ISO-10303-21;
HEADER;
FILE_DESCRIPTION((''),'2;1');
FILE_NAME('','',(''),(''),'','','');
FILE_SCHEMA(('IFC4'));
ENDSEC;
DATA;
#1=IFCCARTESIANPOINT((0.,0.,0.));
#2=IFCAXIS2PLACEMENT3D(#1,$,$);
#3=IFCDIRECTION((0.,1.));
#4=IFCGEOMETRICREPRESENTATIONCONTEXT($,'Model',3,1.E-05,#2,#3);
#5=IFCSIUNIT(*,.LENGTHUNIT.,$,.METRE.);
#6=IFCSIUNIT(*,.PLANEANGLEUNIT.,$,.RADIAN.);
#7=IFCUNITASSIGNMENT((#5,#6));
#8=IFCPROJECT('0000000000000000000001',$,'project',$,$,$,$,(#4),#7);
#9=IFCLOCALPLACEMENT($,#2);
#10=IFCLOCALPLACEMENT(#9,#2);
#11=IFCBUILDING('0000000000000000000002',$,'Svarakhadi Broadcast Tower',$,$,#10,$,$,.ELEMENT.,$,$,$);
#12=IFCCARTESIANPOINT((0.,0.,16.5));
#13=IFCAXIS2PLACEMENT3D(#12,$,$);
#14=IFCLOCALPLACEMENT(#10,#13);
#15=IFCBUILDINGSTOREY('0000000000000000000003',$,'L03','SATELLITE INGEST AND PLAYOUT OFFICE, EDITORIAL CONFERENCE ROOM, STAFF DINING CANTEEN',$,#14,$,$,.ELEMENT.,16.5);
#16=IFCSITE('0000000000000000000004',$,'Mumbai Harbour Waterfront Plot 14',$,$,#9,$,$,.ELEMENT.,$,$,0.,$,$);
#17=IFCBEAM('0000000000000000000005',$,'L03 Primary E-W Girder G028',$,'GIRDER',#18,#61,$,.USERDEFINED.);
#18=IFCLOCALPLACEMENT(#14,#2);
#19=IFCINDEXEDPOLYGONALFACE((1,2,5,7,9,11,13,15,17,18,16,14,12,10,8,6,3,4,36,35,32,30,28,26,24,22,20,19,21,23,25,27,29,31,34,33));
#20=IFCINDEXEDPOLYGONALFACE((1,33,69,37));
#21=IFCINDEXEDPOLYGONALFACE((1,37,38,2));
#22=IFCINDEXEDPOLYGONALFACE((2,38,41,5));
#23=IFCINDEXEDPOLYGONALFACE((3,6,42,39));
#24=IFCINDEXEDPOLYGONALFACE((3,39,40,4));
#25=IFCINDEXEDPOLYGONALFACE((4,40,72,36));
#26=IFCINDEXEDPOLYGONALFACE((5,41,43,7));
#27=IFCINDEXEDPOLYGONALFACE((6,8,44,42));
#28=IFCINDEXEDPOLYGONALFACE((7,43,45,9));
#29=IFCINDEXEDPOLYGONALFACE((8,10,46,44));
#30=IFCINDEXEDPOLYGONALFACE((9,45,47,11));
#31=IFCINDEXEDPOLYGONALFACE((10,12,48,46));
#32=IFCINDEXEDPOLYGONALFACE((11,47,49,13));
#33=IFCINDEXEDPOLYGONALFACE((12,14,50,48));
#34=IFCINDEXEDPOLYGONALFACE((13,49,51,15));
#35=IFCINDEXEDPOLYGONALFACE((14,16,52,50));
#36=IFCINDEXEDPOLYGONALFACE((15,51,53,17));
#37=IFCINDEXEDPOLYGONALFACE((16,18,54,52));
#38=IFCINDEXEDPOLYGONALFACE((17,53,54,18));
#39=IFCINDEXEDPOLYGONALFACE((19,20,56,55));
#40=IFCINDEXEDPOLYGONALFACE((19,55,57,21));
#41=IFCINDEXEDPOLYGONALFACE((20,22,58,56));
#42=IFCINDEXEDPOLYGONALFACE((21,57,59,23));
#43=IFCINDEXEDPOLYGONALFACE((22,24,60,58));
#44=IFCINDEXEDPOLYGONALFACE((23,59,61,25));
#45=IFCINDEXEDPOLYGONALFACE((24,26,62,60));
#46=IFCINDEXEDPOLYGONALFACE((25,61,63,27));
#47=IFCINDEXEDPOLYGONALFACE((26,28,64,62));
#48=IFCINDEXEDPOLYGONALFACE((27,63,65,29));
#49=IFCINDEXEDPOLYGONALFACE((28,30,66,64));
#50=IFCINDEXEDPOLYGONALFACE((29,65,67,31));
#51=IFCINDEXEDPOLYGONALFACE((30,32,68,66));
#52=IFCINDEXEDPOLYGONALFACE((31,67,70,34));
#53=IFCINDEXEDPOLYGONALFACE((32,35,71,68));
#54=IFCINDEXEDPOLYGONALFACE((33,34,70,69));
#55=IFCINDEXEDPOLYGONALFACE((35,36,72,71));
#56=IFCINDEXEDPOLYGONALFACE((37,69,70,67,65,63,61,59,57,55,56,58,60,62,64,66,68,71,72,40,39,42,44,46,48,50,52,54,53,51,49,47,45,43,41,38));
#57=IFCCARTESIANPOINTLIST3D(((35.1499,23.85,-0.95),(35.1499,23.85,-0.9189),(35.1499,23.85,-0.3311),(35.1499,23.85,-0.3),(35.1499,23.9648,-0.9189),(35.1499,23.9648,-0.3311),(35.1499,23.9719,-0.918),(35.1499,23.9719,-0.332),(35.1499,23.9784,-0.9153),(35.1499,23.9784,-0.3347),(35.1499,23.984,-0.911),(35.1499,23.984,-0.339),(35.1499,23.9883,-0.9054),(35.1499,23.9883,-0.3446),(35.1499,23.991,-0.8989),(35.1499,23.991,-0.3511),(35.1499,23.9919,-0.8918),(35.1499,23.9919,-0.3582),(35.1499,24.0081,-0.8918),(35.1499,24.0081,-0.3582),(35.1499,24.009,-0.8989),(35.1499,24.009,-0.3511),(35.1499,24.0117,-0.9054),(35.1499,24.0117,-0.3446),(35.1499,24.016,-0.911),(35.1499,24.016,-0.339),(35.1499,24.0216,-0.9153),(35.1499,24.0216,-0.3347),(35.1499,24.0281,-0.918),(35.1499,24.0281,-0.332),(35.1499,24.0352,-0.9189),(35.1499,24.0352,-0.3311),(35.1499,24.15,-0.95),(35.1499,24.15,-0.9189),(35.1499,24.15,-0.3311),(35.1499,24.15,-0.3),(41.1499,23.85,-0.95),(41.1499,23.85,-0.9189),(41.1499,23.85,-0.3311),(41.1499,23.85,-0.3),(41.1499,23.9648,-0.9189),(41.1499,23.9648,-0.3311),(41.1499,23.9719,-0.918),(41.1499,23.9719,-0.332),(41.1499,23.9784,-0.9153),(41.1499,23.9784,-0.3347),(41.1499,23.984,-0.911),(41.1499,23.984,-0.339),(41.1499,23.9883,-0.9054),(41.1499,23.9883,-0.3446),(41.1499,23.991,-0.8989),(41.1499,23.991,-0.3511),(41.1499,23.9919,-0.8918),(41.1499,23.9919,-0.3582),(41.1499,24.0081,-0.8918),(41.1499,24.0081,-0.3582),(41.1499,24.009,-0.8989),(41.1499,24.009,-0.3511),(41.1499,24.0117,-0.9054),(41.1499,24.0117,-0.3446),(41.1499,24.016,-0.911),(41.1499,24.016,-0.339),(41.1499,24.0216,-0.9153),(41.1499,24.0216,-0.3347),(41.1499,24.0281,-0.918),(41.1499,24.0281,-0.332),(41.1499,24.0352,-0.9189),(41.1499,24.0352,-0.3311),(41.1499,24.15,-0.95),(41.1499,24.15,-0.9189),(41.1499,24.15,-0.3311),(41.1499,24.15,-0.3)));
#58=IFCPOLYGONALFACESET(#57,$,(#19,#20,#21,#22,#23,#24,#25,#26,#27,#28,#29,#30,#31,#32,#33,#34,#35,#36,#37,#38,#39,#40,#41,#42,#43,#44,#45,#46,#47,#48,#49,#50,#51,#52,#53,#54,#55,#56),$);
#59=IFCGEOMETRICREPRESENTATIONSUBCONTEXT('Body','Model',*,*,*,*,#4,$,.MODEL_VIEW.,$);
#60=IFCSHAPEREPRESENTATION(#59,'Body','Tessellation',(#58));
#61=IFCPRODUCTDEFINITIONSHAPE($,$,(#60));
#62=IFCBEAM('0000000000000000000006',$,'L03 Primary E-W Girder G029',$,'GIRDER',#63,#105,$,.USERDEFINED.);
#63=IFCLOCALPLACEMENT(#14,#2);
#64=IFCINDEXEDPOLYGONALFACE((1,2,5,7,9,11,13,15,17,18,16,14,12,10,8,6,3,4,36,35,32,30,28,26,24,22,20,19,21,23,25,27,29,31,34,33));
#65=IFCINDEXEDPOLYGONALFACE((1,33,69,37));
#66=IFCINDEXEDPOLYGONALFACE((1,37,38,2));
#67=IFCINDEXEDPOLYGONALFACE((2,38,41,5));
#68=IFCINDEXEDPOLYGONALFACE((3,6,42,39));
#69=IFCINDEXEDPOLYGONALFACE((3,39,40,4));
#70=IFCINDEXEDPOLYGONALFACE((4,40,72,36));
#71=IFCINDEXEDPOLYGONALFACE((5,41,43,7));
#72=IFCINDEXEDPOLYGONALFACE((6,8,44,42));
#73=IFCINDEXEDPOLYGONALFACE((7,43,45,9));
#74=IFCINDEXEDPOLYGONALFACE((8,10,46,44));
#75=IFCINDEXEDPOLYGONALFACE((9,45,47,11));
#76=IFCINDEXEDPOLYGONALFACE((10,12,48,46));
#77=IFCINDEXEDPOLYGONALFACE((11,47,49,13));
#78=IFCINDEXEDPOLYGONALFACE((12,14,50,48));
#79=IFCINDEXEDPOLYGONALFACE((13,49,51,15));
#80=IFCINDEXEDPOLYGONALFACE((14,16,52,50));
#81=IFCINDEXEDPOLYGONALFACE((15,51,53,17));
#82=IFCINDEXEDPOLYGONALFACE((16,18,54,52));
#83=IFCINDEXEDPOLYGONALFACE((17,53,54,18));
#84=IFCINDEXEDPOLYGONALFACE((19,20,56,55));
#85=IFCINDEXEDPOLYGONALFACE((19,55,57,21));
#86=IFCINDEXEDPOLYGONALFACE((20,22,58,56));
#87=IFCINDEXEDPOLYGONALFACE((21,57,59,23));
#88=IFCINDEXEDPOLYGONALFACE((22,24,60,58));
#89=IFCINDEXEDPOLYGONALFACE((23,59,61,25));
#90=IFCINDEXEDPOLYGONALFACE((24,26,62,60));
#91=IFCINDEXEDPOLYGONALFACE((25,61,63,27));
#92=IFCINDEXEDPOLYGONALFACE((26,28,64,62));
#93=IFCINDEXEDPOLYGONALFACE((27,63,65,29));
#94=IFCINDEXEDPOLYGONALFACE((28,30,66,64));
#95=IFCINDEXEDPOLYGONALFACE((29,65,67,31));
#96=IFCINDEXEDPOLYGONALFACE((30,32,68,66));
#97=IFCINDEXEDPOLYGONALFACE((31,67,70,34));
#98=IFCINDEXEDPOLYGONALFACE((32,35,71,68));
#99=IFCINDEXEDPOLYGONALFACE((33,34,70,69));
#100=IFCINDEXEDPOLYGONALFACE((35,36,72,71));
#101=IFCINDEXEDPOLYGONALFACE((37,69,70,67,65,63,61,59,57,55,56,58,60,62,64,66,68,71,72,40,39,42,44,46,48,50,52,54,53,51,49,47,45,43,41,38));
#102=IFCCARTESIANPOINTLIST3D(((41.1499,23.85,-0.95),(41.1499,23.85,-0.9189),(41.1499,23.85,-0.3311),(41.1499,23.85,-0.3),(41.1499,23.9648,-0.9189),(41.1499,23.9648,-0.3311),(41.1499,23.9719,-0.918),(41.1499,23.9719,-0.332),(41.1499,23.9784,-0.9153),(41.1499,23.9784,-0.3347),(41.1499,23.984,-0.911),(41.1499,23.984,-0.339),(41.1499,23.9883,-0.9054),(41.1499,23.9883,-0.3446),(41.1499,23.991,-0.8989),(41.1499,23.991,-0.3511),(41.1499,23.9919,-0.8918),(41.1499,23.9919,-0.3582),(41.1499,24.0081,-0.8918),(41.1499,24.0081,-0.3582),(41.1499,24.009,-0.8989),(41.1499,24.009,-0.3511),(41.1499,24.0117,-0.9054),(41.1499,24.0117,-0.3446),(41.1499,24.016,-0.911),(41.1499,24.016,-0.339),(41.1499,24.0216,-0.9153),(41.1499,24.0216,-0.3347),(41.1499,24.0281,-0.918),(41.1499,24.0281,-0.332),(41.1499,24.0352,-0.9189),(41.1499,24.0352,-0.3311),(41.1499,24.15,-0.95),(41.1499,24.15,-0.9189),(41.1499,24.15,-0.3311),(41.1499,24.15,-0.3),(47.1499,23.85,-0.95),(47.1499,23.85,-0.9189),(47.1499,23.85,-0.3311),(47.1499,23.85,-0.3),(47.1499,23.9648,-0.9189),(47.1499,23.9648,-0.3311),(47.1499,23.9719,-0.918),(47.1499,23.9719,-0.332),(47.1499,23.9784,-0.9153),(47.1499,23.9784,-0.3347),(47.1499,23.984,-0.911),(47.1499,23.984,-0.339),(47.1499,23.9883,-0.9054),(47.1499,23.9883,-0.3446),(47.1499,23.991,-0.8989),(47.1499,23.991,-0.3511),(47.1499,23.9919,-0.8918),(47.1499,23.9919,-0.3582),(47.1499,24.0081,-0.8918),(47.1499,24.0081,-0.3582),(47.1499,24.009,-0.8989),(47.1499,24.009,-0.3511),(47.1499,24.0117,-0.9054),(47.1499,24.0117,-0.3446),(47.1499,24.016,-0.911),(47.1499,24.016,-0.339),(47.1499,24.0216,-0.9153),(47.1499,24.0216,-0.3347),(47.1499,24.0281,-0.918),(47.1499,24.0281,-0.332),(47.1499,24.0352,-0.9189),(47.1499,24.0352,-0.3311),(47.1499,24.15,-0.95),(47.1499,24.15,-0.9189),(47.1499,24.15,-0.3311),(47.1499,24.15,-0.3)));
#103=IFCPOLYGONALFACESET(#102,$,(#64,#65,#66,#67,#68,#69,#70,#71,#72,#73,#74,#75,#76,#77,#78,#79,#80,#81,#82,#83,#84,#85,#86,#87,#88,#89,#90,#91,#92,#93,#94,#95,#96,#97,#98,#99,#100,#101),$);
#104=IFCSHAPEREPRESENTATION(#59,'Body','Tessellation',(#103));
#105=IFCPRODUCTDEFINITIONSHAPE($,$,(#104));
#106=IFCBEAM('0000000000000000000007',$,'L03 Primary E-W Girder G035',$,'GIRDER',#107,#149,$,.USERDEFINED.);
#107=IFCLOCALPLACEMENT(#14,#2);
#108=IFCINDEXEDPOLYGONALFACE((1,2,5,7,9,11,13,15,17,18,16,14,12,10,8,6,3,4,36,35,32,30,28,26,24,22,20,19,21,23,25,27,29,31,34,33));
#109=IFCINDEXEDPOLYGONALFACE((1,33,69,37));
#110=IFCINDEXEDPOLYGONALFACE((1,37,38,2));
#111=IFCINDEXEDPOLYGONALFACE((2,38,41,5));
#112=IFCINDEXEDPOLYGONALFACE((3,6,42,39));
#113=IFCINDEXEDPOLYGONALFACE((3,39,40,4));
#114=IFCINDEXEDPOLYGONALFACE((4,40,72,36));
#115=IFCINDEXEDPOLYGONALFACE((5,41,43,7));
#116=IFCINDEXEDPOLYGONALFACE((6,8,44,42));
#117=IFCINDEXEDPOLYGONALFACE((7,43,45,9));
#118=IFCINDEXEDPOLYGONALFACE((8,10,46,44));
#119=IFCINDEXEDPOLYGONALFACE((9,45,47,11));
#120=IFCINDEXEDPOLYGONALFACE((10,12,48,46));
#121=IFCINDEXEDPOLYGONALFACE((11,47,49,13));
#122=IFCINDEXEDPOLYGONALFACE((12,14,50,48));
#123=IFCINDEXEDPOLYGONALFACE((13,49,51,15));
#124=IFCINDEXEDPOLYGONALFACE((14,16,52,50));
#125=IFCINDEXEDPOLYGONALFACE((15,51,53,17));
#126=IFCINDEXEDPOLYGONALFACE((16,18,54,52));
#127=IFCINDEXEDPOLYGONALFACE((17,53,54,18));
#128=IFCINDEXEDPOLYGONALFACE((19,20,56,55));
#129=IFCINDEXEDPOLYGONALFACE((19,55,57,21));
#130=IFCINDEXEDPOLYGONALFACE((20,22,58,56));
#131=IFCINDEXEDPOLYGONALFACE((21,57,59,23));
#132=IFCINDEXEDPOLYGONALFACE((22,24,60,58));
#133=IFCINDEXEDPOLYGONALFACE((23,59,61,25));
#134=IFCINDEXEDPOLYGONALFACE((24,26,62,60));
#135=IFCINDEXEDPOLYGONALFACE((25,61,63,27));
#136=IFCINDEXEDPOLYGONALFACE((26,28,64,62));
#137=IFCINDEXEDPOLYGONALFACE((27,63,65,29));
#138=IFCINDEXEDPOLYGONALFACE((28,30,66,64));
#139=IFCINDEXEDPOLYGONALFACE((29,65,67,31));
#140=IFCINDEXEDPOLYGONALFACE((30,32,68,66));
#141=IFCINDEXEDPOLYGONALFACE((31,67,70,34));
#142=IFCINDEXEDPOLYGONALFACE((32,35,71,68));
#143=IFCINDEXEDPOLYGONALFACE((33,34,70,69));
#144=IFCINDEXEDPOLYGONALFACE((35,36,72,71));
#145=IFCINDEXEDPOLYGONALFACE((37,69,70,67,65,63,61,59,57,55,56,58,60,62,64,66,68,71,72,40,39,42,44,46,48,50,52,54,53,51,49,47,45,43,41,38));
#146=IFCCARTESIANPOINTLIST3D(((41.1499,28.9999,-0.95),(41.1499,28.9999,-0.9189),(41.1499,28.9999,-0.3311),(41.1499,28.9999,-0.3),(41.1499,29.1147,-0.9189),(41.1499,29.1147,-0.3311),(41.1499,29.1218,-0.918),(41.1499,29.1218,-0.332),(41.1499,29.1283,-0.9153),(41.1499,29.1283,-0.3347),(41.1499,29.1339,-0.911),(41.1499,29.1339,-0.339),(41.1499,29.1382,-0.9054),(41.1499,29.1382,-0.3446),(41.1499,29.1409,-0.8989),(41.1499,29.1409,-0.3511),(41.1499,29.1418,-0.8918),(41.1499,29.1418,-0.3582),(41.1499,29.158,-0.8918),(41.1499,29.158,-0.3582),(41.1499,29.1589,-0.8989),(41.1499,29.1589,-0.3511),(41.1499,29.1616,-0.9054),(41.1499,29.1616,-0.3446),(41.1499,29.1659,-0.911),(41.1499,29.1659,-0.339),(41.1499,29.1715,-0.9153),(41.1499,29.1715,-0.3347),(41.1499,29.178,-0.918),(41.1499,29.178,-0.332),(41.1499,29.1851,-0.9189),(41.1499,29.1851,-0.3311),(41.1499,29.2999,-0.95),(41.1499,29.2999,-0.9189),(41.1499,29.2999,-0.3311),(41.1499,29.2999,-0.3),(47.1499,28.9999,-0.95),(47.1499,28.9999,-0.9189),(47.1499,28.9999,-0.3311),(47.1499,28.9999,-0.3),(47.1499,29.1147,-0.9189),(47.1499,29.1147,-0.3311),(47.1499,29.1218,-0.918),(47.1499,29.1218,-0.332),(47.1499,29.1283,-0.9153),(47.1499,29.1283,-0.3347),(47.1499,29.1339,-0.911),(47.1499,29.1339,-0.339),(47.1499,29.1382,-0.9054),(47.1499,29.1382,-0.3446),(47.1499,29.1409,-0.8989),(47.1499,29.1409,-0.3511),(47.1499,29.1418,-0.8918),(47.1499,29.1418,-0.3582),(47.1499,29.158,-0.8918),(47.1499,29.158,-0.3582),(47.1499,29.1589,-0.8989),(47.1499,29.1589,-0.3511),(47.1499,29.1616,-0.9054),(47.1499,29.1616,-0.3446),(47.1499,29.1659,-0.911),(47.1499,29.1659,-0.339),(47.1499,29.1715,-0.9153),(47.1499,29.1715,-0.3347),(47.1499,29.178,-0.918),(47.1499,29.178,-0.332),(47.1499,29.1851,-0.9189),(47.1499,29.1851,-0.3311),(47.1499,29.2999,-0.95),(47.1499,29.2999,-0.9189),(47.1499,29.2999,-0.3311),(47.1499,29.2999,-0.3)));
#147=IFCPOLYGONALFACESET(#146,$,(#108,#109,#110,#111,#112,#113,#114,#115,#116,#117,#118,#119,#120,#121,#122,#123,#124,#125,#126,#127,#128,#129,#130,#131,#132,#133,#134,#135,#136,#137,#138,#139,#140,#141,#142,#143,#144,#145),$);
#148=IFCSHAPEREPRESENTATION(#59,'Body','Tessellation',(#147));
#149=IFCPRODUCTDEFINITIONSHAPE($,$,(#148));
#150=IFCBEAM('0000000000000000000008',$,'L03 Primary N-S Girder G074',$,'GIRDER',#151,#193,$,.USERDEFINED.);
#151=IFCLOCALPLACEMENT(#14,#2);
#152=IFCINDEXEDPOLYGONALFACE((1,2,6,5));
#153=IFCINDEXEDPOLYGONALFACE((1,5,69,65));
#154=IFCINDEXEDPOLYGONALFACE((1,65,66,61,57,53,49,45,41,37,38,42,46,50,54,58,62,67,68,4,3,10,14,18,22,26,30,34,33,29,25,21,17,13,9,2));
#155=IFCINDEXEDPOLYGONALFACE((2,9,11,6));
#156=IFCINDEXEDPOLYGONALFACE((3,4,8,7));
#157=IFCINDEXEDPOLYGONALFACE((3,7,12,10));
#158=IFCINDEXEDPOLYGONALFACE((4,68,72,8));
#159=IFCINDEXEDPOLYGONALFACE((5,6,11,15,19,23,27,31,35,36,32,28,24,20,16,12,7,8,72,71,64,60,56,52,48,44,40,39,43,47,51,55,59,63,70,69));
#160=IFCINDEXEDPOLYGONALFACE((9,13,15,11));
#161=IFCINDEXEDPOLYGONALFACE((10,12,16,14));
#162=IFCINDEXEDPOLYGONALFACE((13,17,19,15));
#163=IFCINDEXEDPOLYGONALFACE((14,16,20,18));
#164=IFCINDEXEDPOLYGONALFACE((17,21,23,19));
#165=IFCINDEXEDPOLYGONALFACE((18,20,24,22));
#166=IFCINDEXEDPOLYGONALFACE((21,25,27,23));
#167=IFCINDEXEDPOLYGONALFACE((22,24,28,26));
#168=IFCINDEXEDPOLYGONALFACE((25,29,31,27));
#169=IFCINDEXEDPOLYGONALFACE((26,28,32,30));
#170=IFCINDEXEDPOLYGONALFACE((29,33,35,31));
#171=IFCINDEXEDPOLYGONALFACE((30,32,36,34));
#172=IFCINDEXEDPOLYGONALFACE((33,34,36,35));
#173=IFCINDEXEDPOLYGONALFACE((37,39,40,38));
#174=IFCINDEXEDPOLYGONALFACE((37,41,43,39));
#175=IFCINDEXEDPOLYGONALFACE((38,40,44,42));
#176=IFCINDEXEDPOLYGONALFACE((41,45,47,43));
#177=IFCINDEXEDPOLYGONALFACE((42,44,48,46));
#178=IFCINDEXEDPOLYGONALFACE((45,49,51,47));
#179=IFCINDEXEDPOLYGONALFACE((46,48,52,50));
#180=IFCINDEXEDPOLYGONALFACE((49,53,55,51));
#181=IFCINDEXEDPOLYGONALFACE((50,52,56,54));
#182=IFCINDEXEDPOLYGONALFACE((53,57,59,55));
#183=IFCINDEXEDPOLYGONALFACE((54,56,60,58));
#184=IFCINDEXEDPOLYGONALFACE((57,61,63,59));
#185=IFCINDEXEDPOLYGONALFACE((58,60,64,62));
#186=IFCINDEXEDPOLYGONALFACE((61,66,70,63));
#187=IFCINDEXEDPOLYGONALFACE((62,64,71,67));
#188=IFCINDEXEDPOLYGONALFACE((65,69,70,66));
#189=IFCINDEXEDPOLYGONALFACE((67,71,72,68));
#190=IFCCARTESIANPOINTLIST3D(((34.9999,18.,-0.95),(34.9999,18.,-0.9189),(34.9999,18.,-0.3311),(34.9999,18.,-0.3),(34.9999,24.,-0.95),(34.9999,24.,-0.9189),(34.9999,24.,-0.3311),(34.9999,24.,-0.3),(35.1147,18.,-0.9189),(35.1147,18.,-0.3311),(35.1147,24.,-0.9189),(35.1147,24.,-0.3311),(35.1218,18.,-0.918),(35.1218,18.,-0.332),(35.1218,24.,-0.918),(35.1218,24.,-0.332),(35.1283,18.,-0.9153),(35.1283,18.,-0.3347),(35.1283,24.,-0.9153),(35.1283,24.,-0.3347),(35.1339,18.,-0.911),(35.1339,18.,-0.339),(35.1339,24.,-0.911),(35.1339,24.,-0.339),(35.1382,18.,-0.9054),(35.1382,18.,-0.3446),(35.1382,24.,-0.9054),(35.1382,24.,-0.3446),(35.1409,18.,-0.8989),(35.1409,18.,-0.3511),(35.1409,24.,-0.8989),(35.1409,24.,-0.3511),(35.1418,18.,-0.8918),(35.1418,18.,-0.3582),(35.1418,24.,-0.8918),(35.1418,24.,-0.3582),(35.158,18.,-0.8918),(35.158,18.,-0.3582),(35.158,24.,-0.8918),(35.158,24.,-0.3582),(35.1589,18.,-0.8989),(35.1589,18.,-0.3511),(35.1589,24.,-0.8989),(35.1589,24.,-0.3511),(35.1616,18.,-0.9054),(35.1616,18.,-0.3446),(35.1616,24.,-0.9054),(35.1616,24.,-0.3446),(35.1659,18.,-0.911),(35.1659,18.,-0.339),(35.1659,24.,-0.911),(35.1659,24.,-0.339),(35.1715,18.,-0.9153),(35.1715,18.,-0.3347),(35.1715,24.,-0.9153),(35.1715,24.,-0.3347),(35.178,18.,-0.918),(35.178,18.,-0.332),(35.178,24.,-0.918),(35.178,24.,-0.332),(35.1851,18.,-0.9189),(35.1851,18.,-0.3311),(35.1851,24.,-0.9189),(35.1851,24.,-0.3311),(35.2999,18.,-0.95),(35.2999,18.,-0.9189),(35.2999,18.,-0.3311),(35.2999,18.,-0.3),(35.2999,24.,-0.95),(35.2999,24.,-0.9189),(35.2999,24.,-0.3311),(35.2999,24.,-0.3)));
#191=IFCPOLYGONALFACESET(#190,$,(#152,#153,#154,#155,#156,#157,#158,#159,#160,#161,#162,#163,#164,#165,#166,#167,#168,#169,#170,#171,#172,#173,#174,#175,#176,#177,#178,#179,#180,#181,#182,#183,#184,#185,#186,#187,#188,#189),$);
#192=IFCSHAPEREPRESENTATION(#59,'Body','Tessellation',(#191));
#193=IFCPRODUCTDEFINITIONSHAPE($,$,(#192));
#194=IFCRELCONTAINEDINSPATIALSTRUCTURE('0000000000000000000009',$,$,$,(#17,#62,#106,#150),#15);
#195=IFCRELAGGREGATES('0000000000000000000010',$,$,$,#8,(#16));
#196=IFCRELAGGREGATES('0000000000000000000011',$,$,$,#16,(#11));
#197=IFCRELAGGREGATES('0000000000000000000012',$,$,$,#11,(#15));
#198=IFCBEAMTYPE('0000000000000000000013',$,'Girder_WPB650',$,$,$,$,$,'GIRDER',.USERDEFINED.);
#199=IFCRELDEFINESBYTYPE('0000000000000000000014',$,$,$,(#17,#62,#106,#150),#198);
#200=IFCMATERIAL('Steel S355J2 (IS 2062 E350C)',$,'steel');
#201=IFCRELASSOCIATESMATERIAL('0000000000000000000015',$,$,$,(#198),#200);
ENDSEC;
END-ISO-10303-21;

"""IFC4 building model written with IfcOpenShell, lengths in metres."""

from ifc_helpers import new_model, si_unit, direction, frame, origin, origin_2d, place, context, subcontext, project, spatial, i_section, extrude, material, material_profile, profile_set, type_object, element, save


model = new_model("IFC4")

# Units and contexts
model_context = context("Model", 3, precision=1e-05, world=origin(), true_north=direction((0.0, 1.0)))
body_context = subcontext(model_context, "Body", "Model", "MODEL_VIEW")
ifc_project = project(units=[si_unit("LENGTHUNIT", "METRE"), si_unit("PLANEANGLEUNIT", "RADIAN")], contexts=[model_context])

# Site, building, storey
site_placement = place(None, origin())
site = spatial("IfcSite", under=ifc_project, at=site_placement, Name="Mumbai Harbour Waterfront Plot 14", CompositionType="ELEMENT", RefElevation=0.0)
building_placement = place(site_placement, origin())
building = spatial("IfcBuilding", under=site, at=building_placement, Name="Svarakhadi Broadcast Tower", CompositionType="ELEMENT")
storey_placement = place(building_placement, frame((0.0, 0.0, 16.5)))
storey = spatial("IfcBuildingStorey", under=building, at=storey_placement, Name="L03", Description="SATELLITE INGEST AND PLAYOUT OFFICE, EDITORIAL CONFERENCE ROOM, STAFF DINING CANTEEN", CompositionType="ELEMENT", Elevation=16.5)

# Beams
ifc_material_1 = material(Name="Steel S355J2 (IS 2062 E350C)", Category="steel")
ifc_material_profile_1 = material_profile(ifc_material_1, i_section(OverallWidth=0.3, OverallDepth=0.6499, WebThickness=0.0161, FlangeThickness=0.031, FilletRadius=0.0271, at=origin_2d()), Name="WPB 650x300x225")
ifc_profile_set_1 = profile_set([ifc_material_profile_1], Name="Steel S355J2 (IS 2062 E350C)")
beam_type_1 = type_object("IfcBeamType", Name="Girder_WPB650", ElementType="GIRDER", PredefinedType="USERDEFINED", material=ifc_profile_set_1)
for number, where, z_axis, x_axis, name in (
    (1, (35.1499, 24.0, -0.625), (1.0, 0.0, 0.0), (0.0, 1.0, 0.0), "L03 Primary E-W Girder G028"),
    (2, (41.1499, 24.0, -0.625), (1.0, 0.0, 0.0), (0.0, 1.0, 0.0), "L03 Primary E-W Girder G029"),
    (3, (41.1499, 29.1499, -0.625), (1.0, 0.0, 0.0), (0.0, 1.0, 0.0), "L03 Primary E-W Girder G035"),
    (4, (35.1499, 18.0, -0.625), (0.0, 1.0, 0.0), (-1.0, 0.0, 0.0), "L03 Primary N-S Girder G074"),
):
    element("IfcBeam", number, at=place(storey_placement, frame(where, z_axis=z_axis, x_axis=x_axis)), inside=storey, type_object=beam_type_1, Name=name, ObjectType="GIRDER", PredefinedType="USERDEFINED", context=body_context, shape_type="SweptSolid", body=[
        extrude(i_section(OverallWidth=0.3, OverallDepth=0.6499, WebThickness=0.0161, FlangeThickness=0.031, FilletRadius=0.0271, at=origin_2d()), origin(), (0.0, 0.0, 1.0), 6.0),
    ])

save(model, "model.ifc")
